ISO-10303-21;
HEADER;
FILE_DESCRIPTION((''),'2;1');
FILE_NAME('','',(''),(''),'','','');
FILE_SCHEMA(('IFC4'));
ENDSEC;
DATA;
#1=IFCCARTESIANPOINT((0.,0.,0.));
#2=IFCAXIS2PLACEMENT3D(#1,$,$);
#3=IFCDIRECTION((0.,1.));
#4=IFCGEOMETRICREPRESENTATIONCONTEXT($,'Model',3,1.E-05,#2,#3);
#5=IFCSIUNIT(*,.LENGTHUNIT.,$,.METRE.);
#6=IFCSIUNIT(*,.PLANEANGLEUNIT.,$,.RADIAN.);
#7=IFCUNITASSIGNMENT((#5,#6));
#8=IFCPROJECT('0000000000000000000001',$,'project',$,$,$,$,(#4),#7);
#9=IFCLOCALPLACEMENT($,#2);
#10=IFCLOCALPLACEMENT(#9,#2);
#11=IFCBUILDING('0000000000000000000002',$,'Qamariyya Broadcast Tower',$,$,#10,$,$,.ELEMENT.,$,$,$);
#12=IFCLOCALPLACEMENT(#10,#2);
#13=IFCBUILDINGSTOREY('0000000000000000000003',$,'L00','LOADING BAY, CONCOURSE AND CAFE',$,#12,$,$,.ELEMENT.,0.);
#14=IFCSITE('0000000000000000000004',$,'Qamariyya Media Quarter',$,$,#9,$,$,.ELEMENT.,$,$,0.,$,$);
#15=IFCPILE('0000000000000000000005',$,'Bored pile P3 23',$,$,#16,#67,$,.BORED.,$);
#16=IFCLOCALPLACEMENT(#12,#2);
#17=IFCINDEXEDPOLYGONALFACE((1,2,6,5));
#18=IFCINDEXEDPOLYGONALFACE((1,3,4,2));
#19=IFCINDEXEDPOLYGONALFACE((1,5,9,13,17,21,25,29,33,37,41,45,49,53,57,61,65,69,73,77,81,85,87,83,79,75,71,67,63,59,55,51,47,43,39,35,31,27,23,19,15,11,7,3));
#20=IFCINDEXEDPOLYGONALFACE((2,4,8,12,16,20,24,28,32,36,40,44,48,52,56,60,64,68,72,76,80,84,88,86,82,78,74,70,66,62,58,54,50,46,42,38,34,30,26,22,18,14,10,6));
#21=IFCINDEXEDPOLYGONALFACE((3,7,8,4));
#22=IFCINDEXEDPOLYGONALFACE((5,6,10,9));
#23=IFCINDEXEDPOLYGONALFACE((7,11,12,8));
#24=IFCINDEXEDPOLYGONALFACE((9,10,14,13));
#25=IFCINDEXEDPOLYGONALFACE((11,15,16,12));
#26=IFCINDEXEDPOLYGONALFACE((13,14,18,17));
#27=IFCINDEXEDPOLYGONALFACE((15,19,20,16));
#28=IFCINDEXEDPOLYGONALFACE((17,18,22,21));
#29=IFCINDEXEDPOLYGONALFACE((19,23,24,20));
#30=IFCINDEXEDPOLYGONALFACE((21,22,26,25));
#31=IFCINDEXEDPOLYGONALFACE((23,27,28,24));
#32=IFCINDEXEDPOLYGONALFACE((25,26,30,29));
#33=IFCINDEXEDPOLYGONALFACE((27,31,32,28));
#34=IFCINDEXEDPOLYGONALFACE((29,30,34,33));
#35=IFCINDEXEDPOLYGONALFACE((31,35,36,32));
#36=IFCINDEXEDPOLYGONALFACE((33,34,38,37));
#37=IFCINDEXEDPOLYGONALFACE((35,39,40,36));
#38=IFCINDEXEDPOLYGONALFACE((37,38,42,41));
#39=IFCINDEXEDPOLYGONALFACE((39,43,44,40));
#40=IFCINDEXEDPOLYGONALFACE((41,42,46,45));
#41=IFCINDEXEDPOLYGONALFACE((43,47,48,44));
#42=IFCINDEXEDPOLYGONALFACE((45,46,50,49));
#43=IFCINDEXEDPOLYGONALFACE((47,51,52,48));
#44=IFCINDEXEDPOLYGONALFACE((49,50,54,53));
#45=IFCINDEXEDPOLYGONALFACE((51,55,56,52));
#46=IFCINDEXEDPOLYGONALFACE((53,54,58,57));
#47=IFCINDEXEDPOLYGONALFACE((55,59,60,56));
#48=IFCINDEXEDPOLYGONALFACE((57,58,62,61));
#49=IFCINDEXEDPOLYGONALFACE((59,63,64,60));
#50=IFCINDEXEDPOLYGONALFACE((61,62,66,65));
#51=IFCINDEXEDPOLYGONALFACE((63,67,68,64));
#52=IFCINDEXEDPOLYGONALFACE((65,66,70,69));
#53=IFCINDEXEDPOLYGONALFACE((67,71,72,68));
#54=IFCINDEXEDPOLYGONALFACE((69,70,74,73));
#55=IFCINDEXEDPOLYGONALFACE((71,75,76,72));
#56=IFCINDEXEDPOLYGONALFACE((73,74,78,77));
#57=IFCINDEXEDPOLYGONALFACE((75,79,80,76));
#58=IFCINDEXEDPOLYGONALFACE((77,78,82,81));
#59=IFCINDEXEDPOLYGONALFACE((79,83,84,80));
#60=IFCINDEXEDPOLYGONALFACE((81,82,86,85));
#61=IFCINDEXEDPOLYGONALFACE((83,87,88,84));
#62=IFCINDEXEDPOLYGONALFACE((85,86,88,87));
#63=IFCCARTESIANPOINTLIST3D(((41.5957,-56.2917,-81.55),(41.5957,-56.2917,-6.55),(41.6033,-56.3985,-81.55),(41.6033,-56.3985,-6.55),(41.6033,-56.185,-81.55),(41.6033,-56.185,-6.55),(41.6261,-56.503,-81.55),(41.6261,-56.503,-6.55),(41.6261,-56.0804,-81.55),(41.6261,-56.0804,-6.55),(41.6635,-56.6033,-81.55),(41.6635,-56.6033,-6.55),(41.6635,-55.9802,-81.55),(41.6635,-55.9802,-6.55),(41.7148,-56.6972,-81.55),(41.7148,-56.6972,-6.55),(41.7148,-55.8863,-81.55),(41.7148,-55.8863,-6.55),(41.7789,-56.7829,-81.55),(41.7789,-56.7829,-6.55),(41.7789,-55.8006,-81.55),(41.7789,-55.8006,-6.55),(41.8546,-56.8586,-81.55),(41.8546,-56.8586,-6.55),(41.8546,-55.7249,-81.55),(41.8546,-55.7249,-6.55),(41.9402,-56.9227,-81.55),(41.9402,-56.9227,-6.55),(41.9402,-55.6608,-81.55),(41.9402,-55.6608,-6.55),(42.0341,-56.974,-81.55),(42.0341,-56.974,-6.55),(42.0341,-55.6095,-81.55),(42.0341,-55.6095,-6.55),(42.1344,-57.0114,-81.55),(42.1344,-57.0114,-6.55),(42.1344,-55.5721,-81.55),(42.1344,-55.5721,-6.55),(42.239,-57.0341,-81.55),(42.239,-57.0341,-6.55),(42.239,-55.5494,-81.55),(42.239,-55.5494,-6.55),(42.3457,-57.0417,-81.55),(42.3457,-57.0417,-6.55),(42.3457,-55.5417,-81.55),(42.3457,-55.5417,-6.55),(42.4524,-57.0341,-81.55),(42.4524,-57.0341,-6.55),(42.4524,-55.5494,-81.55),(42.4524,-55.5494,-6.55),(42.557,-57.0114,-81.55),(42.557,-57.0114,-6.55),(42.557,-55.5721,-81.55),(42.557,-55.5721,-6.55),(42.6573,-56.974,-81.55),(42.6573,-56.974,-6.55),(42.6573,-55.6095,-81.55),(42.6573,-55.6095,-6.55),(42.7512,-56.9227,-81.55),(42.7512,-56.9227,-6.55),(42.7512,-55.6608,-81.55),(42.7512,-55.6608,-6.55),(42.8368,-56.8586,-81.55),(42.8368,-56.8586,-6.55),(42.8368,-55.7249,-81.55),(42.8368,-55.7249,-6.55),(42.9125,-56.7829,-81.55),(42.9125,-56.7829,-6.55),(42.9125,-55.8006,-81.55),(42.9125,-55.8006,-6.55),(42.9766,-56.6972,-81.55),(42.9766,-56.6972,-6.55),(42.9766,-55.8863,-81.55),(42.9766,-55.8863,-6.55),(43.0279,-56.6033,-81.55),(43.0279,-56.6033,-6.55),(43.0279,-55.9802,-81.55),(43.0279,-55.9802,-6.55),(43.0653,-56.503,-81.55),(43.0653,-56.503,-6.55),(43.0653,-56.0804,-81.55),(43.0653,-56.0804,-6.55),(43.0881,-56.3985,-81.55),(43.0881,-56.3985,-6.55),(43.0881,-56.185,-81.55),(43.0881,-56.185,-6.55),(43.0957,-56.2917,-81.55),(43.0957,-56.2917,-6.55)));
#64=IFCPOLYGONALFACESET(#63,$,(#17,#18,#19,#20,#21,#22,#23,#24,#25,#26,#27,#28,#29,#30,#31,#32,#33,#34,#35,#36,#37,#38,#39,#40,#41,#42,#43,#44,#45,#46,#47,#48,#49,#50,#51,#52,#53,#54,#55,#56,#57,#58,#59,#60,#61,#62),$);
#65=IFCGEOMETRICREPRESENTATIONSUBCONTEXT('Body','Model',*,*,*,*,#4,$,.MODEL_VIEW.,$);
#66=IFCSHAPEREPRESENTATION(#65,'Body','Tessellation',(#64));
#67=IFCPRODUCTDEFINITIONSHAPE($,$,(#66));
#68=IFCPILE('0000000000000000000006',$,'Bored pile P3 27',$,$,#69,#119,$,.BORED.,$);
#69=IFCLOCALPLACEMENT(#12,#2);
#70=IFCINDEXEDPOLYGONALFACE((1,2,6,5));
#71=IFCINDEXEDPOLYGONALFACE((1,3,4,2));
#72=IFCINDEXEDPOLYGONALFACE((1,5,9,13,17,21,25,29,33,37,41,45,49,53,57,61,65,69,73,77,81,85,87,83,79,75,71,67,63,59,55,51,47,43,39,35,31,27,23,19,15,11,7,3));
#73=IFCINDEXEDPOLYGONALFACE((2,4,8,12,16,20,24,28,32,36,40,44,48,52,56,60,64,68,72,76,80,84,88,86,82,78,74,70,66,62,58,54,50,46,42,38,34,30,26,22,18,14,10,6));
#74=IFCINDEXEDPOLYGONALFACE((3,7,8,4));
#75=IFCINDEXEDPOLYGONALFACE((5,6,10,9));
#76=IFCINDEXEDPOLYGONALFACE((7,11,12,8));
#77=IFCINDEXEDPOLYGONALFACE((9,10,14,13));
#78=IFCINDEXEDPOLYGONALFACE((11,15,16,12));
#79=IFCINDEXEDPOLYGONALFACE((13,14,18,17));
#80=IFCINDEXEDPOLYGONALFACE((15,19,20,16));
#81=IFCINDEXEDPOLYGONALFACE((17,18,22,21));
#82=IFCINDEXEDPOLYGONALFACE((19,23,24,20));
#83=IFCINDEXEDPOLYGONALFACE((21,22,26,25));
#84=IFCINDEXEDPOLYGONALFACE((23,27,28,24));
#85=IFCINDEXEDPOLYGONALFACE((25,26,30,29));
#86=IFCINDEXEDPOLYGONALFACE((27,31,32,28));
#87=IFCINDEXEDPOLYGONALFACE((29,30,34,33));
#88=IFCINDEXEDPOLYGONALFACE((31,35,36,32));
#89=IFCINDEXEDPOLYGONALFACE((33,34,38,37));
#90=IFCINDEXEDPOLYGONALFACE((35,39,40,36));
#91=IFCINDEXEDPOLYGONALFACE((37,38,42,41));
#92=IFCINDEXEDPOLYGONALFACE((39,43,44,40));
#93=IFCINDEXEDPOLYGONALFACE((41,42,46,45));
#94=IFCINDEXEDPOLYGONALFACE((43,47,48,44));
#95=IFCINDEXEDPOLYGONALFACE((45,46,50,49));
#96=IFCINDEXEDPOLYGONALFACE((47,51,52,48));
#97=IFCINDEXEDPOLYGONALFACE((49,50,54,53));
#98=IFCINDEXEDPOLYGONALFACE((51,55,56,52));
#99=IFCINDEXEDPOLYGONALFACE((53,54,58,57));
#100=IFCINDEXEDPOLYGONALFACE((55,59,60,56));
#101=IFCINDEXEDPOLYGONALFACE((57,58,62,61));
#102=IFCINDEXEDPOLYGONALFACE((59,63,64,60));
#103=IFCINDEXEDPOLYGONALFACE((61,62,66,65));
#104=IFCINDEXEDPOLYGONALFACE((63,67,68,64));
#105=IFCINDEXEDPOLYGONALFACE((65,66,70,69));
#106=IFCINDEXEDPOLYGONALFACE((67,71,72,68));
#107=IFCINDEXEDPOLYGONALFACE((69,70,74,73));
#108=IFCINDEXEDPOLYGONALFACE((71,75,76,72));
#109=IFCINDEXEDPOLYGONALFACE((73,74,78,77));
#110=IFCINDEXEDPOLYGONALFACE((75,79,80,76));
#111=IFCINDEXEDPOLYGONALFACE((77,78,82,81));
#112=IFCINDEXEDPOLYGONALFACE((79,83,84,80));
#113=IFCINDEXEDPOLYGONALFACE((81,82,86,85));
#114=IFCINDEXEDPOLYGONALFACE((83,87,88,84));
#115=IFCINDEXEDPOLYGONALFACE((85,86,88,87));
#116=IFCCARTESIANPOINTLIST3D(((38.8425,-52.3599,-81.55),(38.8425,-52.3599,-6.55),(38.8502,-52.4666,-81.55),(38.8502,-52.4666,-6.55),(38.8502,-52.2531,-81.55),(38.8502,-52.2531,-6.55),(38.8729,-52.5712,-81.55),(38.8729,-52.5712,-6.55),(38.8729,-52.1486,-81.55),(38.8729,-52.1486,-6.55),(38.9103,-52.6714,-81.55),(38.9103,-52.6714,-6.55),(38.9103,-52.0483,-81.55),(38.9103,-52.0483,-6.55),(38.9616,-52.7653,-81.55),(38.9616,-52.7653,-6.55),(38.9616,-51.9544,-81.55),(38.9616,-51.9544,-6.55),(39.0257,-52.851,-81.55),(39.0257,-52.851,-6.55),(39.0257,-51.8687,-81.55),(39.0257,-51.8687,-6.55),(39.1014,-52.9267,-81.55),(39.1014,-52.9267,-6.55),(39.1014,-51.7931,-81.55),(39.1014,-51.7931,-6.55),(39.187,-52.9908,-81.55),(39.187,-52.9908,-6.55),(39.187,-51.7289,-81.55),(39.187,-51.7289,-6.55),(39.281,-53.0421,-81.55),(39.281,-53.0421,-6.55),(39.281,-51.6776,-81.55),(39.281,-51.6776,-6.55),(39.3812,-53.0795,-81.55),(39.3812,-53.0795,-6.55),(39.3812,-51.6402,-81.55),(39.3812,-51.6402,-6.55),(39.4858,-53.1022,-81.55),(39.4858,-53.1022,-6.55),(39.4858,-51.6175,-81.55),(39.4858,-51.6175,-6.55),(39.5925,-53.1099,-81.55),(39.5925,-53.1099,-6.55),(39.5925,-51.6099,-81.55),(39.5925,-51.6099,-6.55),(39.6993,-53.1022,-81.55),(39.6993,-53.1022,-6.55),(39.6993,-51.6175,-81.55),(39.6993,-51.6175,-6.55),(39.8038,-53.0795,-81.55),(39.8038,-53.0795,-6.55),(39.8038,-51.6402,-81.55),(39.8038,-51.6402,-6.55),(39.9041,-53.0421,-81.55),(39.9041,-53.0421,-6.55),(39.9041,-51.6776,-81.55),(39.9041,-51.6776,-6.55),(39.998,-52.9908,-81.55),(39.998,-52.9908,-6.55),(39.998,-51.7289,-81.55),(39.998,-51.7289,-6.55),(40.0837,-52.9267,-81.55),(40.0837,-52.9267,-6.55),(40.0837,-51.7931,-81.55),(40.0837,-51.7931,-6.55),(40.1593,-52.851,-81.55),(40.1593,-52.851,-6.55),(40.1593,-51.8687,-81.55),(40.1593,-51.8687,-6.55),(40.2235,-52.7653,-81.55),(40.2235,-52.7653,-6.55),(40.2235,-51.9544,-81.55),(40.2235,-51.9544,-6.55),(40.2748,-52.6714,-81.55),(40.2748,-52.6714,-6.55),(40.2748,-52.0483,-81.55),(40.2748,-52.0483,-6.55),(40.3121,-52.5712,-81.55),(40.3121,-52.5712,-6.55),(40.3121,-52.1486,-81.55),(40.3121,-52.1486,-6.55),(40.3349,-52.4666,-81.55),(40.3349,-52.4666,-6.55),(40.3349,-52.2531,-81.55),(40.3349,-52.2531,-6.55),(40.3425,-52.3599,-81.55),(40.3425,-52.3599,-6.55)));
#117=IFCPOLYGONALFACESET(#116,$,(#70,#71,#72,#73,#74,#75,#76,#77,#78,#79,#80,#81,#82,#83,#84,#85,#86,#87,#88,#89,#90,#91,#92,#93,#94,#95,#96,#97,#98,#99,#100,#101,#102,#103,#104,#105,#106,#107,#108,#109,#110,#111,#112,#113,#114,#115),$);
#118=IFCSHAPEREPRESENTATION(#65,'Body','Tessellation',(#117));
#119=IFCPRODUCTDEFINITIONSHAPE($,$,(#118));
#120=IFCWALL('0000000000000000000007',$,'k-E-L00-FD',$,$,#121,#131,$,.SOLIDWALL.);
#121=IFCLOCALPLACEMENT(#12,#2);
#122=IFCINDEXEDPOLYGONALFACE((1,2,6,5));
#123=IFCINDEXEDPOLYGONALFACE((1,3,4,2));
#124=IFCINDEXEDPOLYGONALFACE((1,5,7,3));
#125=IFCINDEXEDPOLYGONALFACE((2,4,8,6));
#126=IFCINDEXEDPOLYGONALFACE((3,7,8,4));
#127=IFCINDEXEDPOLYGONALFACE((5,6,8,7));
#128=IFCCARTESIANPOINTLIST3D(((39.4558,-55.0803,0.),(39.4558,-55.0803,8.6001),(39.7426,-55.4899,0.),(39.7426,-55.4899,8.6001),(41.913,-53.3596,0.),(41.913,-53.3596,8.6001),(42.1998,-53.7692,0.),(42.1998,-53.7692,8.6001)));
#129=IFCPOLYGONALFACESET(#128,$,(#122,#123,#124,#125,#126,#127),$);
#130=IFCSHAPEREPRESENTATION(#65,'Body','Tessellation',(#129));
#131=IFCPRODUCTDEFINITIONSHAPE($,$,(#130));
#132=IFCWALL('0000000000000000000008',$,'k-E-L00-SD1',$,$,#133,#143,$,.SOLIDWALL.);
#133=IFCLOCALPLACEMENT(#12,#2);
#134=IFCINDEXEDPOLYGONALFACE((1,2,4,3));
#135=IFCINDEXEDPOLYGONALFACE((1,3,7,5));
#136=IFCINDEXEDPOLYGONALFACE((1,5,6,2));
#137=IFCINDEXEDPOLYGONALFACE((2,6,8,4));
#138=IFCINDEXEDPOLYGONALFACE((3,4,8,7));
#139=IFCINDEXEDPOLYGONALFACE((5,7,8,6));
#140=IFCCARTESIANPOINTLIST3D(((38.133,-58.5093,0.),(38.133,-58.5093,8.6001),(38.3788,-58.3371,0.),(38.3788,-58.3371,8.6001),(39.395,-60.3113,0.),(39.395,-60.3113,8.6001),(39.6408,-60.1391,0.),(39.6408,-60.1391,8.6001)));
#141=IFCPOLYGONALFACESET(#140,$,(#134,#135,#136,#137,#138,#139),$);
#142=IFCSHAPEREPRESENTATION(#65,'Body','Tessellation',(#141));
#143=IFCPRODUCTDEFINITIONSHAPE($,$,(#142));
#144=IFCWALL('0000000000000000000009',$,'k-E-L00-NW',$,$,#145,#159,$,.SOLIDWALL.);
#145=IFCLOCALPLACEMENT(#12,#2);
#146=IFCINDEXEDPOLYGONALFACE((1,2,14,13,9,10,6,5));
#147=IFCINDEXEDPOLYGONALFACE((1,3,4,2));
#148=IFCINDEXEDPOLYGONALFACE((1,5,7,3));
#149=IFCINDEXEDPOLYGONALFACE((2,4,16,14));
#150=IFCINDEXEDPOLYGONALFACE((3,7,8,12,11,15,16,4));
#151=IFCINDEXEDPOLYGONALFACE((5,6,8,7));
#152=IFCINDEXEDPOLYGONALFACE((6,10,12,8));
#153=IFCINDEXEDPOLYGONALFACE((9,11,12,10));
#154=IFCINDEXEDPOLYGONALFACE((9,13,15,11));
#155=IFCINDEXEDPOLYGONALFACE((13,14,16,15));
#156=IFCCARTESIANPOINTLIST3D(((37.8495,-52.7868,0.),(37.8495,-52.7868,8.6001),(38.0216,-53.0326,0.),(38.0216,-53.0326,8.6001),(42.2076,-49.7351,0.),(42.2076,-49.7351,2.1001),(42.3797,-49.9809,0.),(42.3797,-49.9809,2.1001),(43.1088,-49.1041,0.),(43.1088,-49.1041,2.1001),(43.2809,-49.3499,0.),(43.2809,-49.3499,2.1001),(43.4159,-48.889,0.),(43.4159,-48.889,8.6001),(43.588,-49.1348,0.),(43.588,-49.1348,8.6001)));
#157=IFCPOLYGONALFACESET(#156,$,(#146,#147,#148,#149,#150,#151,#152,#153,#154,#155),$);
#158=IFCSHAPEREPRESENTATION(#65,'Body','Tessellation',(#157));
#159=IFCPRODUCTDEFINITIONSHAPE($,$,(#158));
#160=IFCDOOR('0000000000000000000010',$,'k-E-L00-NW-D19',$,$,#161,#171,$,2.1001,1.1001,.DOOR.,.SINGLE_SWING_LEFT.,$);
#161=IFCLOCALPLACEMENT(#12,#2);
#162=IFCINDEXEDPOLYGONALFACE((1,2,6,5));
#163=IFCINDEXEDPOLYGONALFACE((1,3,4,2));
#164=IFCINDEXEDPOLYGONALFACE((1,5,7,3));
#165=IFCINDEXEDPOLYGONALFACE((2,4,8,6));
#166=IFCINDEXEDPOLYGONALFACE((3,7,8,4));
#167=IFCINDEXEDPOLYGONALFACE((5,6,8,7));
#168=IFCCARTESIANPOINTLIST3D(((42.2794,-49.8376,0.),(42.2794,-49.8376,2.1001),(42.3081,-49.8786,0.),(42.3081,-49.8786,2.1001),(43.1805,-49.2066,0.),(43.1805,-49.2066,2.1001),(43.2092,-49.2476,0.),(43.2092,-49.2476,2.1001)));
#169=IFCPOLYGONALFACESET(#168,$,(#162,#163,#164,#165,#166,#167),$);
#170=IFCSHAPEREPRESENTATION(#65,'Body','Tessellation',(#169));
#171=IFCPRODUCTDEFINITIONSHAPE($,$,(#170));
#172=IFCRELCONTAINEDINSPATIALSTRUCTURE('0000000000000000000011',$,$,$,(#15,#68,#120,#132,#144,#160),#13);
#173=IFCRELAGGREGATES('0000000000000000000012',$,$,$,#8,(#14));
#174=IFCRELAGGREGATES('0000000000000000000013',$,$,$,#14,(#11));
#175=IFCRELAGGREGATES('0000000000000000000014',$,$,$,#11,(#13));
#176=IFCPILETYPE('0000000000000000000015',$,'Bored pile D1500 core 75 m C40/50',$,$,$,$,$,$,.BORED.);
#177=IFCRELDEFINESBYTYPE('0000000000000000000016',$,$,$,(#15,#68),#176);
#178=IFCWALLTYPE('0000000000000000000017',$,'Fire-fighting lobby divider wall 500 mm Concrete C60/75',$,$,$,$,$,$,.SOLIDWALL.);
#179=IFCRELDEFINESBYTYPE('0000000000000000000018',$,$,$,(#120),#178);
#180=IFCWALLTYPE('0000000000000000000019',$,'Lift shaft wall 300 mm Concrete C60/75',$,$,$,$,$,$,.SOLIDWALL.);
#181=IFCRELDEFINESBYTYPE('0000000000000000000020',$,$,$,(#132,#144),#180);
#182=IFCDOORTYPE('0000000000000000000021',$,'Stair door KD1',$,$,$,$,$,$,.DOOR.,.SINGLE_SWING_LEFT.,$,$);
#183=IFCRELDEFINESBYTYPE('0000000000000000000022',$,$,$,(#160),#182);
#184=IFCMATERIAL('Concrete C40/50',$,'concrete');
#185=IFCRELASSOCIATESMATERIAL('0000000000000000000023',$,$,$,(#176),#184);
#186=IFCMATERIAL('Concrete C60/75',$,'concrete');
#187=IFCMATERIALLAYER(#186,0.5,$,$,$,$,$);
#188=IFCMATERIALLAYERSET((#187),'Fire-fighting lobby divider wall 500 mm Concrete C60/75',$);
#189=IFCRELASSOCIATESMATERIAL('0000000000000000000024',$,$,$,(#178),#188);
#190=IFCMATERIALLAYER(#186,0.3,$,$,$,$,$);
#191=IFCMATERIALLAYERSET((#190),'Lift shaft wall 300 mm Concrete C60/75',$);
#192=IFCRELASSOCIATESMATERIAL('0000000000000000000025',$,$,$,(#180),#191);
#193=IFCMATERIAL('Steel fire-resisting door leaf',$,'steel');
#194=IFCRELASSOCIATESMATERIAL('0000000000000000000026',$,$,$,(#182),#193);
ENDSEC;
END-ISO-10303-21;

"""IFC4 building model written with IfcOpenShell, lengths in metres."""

from ifc_helpers import new_model, si_unit, direction, frame, frame_2d, origin, origin_2d, place, context, subcontext, project, spatial, rectangle, circle, extrude, material, layer, layer_set, material_profile, profile_set, type_object, element, fill, save


model = new_model("IFC4")

# Units and contexts
model_context = context("Model", 3, precision=1e-05, world=origin(), true_north=direction((0.0, 1.0)))
body_context = subcontext(model_context, "Body", "Model", "MODEL_VIEW")
ifc_project = project(units=[si_unit("LENGTHUNIT", "METRE"), si_unit("PLANEANGLEUNIT", "RADIAN")], contexts=[model_context])

# Site, building, storey
site_placement = place(None, origin())
site = spatial("IfcSite", under=ifc_project, at=site_placement, Name="Qamariyya Media Quarter", CompositionType="ELEMENT", RefElevation=0.0)
building_placement = place(site_placement, origin())
building = spatial("IfcBuilding", under=site, at=building_placement, Name="Qamariyya Broadcast Tower", CompositionType="ELEMENT")
storey_placement = place(building_placement, origin())
storey = spatial("IfcBuildingStorey", under=building, at=storey_placement, Name="L00", Description="LOADING BAY, CONCOURSE AND CAFE", CompositionType="ELEMENT", Elevation=0.0)

# Piles
ifc_material_1 = material(Name="Concrete C40/50", Category="concrete")
ifc_material_profile = material_profile(ifc_material_1, circle(Radius=0.75, at=origin_2d()))
ifc_profile_set = profile_set([ifc_material_profile], Name="Concrete C40/50")
pile_type = type_object("IfcPileType", Name="Bored pile D1500 core 75 m C40/50", PredefinedType="BORED", material=ifc_profile_set)
for number, where, z_axis, x_axis, name in (
    (1, (42.3457, -56.2917, -6.55), (0.0, 0.0, -1.0), (1.0, 0.0, 0.0), "Bored pile P3 23"),
    (2, (39.5925, -52.3599, -6.55), (0.0, 0.0, -1.0), (1.0, 0.0, 0.0), "Bored pile P3 27"),
):
    element("IfcPile", number, at=place(storey_placement, frame(where, z_axis=z_axis, x_axis=x_axis)), inside=storey, type_object=pile_type, Name=name, PredefinedType="BORED", context=body_context, shape_type="SweptSolid", body=[
        extrude(circle(Radius=0.75, at=origin_2d()), origin(), (0.0, 0.0, 1.0), 75.0),
    ])

# Walls
ifc_material_2 = material(Name="Concrete C60/75", Category="concrete")
ifc_layer_1 = layer(ifc_material_2, 0.5)
ifc_layer_set_1 = layer_set([ifc_layer_1], Name="Fire-fighting lobby divider wall 500 mm Concrete C60/75")
wall_type_1 = type_object("IfcWallType", Name="Fire-fighting lobby divider wall 500 mm Concrete C60/75", PredefinedType="SOLIDWALL", material=ifc_layer_set_1)
wall_1_placement = place(storey_placement, frame((39.5991, -55.2852, 0.0), z_axis=(0.0, 0.0, 1.0), x_axis=(0.819136, 0.573599, 0.0)))
element("IfcWall", 3, at=wall_1_placement, inside=storey, type_object=wall_type_1, Name="k-E-L00-FD", PredefinedType="SOLIDWALL", context=body_context, shape_type="SweptSolid", body=[
    extrude(rectangle(XDim=2.9998, YDim=0.5, at=frame_2d((1.5, 0.0))), origin(), (0.0, 0.0, 1.0), 8.6001),
])
ifc_layer_2 = layer(ifc_material_2, 0.3)
ifc_layer_set_2 = layer_set([ifc_layer_2], Name="Lift shaft wall 300 mm Concrete C60/75")
wall_type_2 = type_object("IfcWallType", Name="Lift shaft wall 300 mm Concrete C60/75", PredefinedType="SOLIDWALL", material=ifc_layer_set_2)
wall_2_placement = place(storey_placement, frame((38.2559, -58.4231, 0.0), z_axis=(0.0, 0.0, 1.0), x_axis=(0.573634, -0.819112, 0.0)))
element("IfcWall", 4, at=wall_2_placement, inside=storey, type_object=wall_type_2, Name="k-E-L00-SD1", PredefinedType="SOLIDWALL", context=body_context, shape_type="SweptSolid", body=[
    extrude(rectangle(XDim=2.2, YDim=0.3, at=frame_2d((1.1001, 0.0))), origin(), (0.0, 0.0, 1.0), 8.6001),
])

# Wall, opening, door
wall_3_placement = place(storey_placement, frame((37.9355, -52.9097, 0.0), z_axis=(0.0, 0.0, 1.0), x_axis=(0.819148, 0.573583, 0.0)))
wall_3 = element("IfcWall", 5, at=wall_3_placement, inside=storey, type_object=wall_type_2, Name="k-E-L00-NW", PredefinedType="SOLIDWALL", context=body_context, shape_type="SweptSolid", body=[
    extrude(rectangle(XDim=6.7954, YDim=0.3, at=frame_2d((3.3977, 0.0))), origin(), (0.0, 0.0, 1.0), 8.6001),
])
opening_1_placement = place(wall_3_placement, frame((5.3203, 0.0, 0.0)))
opening_1 = element("IfcOpeningElement", 6, at=opening_1_placement, cuts=wall_3, PredefinedType="OPENING", context=body_context, shape_type="SweptSolid", body=[
    extrude(rectangle(XDim=1.1001, YDim=2.1001, at=frame_2d((0.55, 1.05))), frame((0.0, 0.1599, 0.0), z_axis=(0.0, -1.0, 0.0), x_axis=(1.0, 0.0, 0.0)), (0.0, 0.0, 1.0), 0.3201),
])
ifc_material_3 = material(Name="Steel fire-resisting door leaf", Category="steel")
door_type_1 = type_object("IfcDoorType", Name="Stair door KD1", OperationType="SINGLE_SWING_LEFT", PredefinedType="DOOR", material=ifc_material_3)
door_1_placement = place(opening_1_placement, origin())
door_1 = element("IfcDoor", 7, at=door_1_placement, inside=storey, type_object=door_type_1, Name="k-E-L00-NW-D19", OperationType="SINGLE_SWING_LEFT", OverallHeight=2.1001, OverallWidth=1.1001, PredefinedType="DOOR", context=body_context, shape_type="SweptSolid", body=[
    extrude(rectangle(XDim=1.1001, YDim=2.1001, at=frame_2d((0.55, 1.05))), frame((0.0, 0.0249, 0.0), z_axis=(0.0, -1.0, 0.0), x_axis=(1.0, 0.0, 0.0)), (0.0, 0.0, 1.0), 0.05),
])
fill(opening_1, door_1)

save(model, "model.ifc")
